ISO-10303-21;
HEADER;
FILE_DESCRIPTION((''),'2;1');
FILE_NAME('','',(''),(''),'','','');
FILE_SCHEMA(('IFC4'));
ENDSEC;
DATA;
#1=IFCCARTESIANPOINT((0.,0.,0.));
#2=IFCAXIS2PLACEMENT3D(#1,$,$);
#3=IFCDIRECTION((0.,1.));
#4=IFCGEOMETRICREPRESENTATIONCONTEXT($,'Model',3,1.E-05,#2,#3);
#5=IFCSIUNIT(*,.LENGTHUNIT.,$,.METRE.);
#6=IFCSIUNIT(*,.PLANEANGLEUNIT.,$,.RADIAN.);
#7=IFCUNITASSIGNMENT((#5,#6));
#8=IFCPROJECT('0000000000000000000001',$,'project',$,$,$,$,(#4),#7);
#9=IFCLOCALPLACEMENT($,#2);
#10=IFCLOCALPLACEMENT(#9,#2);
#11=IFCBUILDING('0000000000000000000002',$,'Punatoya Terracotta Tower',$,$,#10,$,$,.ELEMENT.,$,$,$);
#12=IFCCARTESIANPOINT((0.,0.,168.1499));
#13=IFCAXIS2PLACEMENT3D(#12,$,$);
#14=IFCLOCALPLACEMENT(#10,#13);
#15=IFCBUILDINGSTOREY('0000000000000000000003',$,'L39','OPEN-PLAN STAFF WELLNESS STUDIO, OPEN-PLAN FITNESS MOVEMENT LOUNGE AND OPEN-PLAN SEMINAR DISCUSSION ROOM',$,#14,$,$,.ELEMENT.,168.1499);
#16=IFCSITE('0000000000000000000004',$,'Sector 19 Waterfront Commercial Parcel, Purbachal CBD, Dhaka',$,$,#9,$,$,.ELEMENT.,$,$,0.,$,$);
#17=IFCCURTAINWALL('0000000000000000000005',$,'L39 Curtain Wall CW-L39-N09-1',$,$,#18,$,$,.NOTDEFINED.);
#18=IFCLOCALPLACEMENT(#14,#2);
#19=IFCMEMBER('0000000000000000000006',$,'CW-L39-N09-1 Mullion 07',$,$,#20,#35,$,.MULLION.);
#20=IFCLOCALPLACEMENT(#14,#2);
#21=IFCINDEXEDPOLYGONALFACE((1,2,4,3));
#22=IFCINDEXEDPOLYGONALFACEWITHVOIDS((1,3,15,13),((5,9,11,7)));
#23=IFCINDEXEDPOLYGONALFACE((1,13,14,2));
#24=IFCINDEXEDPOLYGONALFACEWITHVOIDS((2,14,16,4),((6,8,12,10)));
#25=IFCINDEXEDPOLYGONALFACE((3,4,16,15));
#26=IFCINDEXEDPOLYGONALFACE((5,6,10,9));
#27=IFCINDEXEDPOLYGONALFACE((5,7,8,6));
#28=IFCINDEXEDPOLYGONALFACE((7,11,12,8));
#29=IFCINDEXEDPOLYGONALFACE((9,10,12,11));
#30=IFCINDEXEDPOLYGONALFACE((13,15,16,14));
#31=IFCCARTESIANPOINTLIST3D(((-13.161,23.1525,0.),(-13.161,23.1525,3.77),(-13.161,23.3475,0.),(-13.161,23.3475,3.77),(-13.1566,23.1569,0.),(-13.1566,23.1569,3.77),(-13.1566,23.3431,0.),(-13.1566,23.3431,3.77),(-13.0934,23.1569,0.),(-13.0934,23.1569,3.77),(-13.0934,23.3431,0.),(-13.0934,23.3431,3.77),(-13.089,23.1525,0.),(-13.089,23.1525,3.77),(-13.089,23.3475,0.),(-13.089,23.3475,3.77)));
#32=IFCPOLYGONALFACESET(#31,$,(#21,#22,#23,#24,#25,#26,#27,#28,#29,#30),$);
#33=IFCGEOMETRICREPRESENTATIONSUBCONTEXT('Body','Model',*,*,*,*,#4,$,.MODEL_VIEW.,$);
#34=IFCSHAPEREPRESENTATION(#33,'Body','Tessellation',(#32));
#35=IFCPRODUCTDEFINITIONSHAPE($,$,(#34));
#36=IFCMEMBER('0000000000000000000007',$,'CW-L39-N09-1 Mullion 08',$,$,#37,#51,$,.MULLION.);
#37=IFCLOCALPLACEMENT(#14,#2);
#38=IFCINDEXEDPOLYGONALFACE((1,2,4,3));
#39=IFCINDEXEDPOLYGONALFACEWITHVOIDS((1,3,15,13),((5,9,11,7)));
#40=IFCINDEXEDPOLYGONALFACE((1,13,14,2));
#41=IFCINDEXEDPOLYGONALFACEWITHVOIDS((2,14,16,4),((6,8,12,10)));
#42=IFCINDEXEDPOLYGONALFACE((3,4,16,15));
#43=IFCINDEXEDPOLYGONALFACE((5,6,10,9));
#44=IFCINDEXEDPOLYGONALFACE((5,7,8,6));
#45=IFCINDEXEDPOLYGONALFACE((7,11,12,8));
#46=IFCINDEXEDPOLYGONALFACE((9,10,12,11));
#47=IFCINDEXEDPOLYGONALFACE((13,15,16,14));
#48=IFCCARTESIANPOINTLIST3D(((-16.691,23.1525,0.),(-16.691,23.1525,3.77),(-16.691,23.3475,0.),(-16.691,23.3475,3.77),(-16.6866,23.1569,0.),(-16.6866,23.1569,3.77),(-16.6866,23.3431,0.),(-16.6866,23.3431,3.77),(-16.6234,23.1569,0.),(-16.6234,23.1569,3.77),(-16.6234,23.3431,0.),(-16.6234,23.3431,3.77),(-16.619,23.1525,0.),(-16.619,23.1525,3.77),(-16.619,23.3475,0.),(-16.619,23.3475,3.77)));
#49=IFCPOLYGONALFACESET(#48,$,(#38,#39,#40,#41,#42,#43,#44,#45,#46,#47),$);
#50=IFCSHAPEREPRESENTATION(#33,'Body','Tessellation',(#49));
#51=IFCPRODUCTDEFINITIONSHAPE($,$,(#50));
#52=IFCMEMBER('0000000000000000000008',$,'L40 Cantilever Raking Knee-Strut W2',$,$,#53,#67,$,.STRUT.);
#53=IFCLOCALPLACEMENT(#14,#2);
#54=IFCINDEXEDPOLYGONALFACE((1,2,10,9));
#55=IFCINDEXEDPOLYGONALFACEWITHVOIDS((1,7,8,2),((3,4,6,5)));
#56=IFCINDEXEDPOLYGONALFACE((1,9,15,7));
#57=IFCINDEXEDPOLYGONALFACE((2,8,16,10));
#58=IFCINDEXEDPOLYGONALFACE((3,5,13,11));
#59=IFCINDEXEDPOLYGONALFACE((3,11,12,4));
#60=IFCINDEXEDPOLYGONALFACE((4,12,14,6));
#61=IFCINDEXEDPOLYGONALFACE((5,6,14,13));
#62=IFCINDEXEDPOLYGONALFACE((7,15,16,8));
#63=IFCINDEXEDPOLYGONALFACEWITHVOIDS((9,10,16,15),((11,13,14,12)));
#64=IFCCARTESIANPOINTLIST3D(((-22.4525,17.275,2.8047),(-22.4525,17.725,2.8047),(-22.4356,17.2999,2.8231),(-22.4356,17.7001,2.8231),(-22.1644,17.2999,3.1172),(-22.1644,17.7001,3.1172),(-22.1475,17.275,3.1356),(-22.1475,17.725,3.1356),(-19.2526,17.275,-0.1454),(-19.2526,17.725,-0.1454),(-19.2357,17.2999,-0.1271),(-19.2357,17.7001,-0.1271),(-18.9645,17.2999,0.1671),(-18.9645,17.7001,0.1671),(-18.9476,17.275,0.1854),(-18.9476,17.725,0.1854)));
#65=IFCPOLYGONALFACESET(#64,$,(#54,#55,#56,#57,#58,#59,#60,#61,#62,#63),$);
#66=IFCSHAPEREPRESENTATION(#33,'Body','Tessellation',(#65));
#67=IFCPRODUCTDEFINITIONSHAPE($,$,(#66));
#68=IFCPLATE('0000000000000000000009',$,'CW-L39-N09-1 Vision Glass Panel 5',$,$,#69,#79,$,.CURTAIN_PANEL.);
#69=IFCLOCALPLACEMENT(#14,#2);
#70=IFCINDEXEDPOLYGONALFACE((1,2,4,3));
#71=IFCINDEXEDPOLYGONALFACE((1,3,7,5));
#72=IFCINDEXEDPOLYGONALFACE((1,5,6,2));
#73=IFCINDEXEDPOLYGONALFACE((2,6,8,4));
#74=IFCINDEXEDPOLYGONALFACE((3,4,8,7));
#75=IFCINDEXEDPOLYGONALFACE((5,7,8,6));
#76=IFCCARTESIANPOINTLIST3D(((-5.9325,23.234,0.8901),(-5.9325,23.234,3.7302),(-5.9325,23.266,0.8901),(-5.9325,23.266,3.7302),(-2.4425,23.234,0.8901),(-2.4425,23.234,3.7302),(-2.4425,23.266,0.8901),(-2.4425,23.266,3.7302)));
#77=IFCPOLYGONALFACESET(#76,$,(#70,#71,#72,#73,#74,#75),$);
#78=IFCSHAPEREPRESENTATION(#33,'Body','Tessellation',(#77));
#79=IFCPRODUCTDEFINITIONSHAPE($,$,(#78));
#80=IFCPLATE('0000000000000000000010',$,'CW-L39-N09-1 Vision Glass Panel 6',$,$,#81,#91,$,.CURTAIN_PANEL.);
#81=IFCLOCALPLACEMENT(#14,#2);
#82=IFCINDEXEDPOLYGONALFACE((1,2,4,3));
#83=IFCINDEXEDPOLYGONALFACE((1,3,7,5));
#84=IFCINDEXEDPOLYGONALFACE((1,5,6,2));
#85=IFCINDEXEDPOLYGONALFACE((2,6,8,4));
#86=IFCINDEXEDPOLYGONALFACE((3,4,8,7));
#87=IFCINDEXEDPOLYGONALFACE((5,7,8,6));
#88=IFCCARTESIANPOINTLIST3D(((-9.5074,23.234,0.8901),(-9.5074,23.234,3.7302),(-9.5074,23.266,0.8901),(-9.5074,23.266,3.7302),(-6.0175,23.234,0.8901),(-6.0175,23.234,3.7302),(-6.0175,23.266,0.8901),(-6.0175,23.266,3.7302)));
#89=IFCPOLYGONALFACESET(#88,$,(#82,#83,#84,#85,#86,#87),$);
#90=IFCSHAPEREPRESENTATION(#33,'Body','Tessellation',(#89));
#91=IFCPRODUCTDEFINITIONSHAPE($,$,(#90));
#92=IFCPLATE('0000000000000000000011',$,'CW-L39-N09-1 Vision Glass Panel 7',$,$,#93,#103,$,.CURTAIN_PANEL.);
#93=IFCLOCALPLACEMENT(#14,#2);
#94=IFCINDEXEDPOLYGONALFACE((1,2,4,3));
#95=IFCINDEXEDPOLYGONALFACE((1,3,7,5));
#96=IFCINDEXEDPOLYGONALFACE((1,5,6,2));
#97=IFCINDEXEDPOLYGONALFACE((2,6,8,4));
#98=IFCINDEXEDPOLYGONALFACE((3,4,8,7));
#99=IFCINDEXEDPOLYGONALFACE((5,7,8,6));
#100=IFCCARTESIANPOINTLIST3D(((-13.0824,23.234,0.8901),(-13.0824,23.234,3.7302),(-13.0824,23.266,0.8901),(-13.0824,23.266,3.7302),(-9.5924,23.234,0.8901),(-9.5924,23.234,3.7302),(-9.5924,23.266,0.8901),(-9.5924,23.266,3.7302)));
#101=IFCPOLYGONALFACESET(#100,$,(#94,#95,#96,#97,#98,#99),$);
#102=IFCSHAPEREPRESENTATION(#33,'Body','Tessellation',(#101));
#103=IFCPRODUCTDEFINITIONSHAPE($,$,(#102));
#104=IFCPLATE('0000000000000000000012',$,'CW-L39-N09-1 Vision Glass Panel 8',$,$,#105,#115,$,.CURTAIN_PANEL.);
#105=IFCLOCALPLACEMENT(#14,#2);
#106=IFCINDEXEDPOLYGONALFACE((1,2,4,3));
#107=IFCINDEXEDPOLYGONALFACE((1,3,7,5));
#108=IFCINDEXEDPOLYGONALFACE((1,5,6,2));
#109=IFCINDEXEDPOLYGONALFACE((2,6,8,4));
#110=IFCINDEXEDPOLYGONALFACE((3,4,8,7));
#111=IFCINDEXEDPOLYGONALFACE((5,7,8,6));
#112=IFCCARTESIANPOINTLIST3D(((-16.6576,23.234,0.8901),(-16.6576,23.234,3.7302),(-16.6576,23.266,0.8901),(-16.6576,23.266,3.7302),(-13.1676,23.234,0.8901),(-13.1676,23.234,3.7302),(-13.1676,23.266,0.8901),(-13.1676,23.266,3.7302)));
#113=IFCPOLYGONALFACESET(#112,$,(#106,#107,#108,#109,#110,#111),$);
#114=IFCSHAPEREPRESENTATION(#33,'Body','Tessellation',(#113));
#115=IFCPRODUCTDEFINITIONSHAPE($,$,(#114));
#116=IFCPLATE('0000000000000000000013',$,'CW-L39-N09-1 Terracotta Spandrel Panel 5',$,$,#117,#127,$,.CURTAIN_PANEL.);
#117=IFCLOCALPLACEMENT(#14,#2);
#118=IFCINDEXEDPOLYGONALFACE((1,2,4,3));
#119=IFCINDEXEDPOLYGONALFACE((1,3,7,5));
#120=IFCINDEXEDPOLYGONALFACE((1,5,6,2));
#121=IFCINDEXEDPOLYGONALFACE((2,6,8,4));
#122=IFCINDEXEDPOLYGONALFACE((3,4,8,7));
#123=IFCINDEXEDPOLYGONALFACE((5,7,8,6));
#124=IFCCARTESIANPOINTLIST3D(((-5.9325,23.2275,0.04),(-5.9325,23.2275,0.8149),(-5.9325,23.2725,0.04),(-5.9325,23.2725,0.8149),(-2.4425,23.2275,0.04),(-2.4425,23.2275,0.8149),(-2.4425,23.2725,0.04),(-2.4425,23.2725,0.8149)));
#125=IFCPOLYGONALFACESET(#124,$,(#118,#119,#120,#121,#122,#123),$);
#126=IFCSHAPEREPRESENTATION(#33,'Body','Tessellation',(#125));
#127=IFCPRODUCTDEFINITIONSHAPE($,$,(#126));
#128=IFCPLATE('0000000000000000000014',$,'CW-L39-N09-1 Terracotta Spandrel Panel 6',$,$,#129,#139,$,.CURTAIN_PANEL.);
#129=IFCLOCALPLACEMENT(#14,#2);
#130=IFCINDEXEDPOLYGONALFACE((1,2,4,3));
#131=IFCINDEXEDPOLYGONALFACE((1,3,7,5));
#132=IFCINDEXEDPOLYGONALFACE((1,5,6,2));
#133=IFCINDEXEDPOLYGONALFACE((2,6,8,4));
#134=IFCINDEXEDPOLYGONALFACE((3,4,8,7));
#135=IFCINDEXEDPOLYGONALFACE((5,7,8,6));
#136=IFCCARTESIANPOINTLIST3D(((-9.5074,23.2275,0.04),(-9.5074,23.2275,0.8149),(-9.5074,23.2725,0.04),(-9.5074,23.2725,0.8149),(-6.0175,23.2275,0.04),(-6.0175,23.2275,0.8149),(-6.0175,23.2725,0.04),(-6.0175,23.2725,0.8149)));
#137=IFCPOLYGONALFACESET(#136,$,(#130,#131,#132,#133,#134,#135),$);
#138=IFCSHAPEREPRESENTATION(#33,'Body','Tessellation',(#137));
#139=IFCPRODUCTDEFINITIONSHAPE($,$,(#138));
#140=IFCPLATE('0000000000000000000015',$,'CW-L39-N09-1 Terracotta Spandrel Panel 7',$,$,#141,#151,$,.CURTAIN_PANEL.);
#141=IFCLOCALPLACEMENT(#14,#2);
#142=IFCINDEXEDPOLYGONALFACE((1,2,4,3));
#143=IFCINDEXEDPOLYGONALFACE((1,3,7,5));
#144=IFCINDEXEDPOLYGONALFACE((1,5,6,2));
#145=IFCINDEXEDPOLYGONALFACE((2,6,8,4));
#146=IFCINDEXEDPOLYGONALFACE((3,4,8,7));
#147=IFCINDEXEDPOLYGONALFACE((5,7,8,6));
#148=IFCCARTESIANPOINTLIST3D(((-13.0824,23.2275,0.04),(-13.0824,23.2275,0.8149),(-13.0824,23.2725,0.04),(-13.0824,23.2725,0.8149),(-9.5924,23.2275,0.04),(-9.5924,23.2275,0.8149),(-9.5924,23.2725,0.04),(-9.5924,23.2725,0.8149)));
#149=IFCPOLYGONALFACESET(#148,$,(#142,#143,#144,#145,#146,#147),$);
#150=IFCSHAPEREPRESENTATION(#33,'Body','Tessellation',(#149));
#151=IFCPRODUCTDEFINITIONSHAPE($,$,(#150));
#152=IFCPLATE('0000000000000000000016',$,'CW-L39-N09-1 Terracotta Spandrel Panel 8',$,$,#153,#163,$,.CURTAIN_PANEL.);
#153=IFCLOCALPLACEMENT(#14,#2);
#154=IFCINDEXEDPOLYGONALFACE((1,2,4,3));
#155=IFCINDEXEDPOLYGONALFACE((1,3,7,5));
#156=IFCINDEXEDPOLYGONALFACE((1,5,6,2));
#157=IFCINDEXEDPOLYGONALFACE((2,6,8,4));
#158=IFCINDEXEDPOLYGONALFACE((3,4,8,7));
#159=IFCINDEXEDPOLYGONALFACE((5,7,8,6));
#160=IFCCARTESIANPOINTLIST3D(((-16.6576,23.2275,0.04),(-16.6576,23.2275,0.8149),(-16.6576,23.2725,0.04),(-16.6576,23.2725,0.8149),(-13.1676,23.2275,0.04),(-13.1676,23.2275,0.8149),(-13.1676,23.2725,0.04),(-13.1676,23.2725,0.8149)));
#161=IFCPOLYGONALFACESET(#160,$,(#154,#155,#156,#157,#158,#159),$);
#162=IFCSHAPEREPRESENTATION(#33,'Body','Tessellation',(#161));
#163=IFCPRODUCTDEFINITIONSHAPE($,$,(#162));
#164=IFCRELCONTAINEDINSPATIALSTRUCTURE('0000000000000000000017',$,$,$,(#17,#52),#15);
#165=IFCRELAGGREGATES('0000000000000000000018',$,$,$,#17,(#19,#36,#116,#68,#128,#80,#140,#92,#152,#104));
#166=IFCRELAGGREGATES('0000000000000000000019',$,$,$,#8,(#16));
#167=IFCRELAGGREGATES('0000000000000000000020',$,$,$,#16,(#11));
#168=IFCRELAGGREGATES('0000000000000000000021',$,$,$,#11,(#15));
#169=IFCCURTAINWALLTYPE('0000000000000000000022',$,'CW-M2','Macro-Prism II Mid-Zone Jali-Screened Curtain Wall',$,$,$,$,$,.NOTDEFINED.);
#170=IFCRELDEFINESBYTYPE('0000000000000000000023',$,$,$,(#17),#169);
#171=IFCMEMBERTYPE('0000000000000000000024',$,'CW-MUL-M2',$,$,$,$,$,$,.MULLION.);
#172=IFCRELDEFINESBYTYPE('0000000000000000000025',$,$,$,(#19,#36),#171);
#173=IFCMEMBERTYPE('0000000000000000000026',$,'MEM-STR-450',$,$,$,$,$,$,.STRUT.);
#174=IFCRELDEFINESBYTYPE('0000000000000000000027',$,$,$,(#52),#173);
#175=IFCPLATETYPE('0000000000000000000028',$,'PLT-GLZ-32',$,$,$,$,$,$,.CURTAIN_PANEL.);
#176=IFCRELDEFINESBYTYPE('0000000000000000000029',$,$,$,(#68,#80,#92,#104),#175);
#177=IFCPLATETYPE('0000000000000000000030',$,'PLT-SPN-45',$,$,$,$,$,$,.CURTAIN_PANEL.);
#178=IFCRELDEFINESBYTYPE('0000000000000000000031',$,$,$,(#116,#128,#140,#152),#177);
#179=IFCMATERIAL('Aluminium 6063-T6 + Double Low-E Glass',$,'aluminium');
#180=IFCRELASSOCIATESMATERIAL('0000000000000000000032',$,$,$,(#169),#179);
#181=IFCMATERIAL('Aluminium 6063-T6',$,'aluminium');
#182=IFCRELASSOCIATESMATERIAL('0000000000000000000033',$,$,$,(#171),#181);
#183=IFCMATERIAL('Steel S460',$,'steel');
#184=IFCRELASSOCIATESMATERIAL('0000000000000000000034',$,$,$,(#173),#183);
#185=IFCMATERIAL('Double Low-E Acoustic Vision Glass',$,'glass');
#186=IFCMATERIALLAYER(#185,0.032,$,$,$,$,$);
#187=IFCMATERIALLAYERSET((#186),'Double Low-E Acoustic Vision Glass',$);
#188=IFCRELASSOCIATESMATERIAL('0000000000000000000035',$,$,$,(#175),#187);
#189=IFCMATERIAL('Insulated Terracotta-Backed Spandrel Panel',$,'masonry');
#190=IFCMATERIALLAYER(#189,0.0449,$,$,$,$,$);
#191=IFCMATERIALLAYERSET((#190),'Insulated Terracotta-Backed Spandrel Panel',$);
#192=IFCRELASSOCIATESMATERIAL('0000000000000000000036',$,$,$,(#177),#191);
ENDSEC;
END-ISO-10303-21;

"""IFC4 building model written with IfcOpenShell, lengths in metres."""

from ifc_helpers import new_model, si_unit, direction, frame, origin, origin_2d, place, context, subcontext, project, spatial, rectangle, hollow_rectangle, extrude, material, layer, layer_set, material_profile, profile_set, type_object, element, aggregate, save


model = new_model("IFC4")

# Units and contexts
model_context = context("Model", 3, precision=1e-05, world=origin(), true_north=direction((0.0, 1.0)))
body_context = subcontext(model_context, "Body", "Model", "MODEL_VIEW")
ifc_project = project(units=[si_unit("LENGTHUNIT", "METRE"), si_unit("PLANEANGLEUNIT", "RADIAN")], contexts=[model_context])

# Site, building, storey
site_placement = place(None, origin())
site = spatial("IfcSite", under=ifc_project, at=site_placement, Name="Sector 19 Waterfront Commercial Parcel, Purbachal CBD, Dhaka", CompositionType="ELEMENT", RefElevation=0.0)
building_placement = place(site_placement, origin())
building = spatial("IfcBuilding", under=site, at=building_placement, Name="Punatoya Terracotta Tower", CompositionType="ELEMENT")
storey_placement = place(building_placement, frame((0.0, 0.0, 168.1499)))
storey = spatial("IfcBuildingStorey", under=building, at=storey_placement, Name="L39", Description="OPEN-PLAN STAFF WELLNESS STUDIO, OPEN-PLAN FITNESS MOVEMENT LOUNGE AND OPEN-PLAN SEMINAR DISCUSSION ROOM", CompositionType="ELEMENT", Elevation=168.1499)

# Shared definitions
ifc_material_1 = material(Name="Steel S460", Category="steel")

# Curtain wall, members
ifc_material_2 = material(Name="Aluminium 6063-T6 + Double Low-E Glass", Category="aluminium")
curtain_wall_type = type_object("IfcCurtainWallType", Name="CW-M2", Description="Macro-Prism II Mid-Zone Jali-Screened Curtain Wall", PredefinedType="NOTDEFINED", material=ifc_material_2)
curtain_wall_placement = place(storey_placement, origin())
curtain_wall = element("IfcCurtainWall", 1, at=curtain_wall_placement, inside=storey, type_object=curtain_wall_type, Name="L39 Curtain Wall CW-L39-N09-1", PredefinedType="NOTDEFINED")
ifc_material_3 = material(Name="Aluminium 6063-T6", Category="aluminium")
ifc_material_profile_1 = material_profile(ifc_material_3, hollow_rectangle(XDim=0.072, YDim=0.1951, WallThickness=0.0044, at=origin_2d()))
ifc_profile_set_1 = profile_set([ifc_material_profile_1], Name="Aluminium 6063-T6")
member_type_1 = type_object("IfcMemberType", Name="CW-MUL-M2", PredefinedType="MULLION", material=ifc_profile_set_1)
member_1_placement = place(storey_placement, frame((-13.125, 23.25, 0.0), z_axis=(0.0, 0.0, 1.0), x_axis=(1.0, 0.0, 0.0)))
member_1 = element("IfcMember", 2, at=member_1_placement, type_object=member_type_1, Name="CW-L39-N09-1 Mullion 07", PredefinedType="MULLION", context=body_context, shape_type="SweptSolid", body=[
    extrude(hollow_rectangle(XDim=0.072, YDim=0.1951, WallThickness=0.0044, at=origin_2d()), origin(), (0.0, 0.0, 1.0), 3.77),
])
member_2_placement = place(storey_placement, frame((-16.655, 23.25, 0.0), z_axis=(0.0, 0.0, 1.0), x_axis=(1.0, 0.0, 0.0)))
member_2 = element("IfcMember", 3, at=member_2_placement, type_object=member_type_1, Name="CW-L39-N09-1 Mullion 08", PredefinedType="MULLION", context=body_context, shape_type="SweptSolid", body=[
    extrude(hollow_rectangle(XDim=0.072, YDim=0.1951, WallThickness=0.0044, at=origin_2d()), origin(), (0.0, 0.0, 1.0), 3.77),
])

# Member
ifc_material_profile_2 = material_profile(ifc_material_1, hollow_rectangle(XDim=0.45, YDim=0.45, WallThickness=0.0249, at=origin_2d()))
ifc_profile_set_2 = profile_set([ifc_material_profile_2], Name="Steel S460")
member_type_2 = type_object("IfcMemberType", Name="MEM-STR-450", PredefinedType="STRUT", material=ifc_profile_set_2)
member_3_placement = place(storey_placement, frame((-19.1001, 17.5, 0.02), z_axis=(-0.735216, 0.0, 0.677833), x_axis=(0.0, -1.0, 0.0)))
element("IfcMember", 4, at=member_3_placement, inside=storey, type_object=member_type_2, Name="L40 Cantilever Raking Knee-Strut W2", PredefinedType="STRUT", context=body_context, shape_type="SweptSolid", body=[
    extrude(hollow_rectangle(XDim=0.45, YDim=0.45, WallThickness=0.0249, at=origin_2d()), origin(), (0.0, 0.0, 1.0), 4.3523),
])

# Plates
ifc_material_4 = material(Name="Double Low-E Acoustic Vision Glass", Category="glass")
ifc_layer_1 = layer(ifc_material_4, 0.032)
ifc_layer_set_1 = layer_set([ifc_layer_1], Name="Double Low-E Acoustic Vision Glass")
plate_type_1 = type_object("IfcPlateType", Name="PLT-GLZ-32", PredefinedType="CURTAIN_PANEL", material=ifc_layer_set_1)
plate_1_placement = place(storey_placement, frame((-4.1875, 23.25, 0.8901), z_axis=(0.0, 0.0, 1.0), x_axis=(-1.0, 0.0, 0.0)))
plate_1 = element("IfcPlate", 5, at=plate_1_placement, type_object=plate_type_1, Name="CW-L39-N09-1 Vision Glass Panel 5", PredefinedType="CURTAIN_PANEL", context=body_context, shape_type="SweptSolid", body=[
    extrude(rectangle(XDim=3.49, YDim=0.032, at=origin_2d()), origin(), (0.0, 0.0, 1.0), 2.8401),
])
plate_2_placement = place(storey_placement, frame((-7.7625, 23.25, 0.8901), z_axis=(0.0, 0.0, 1.0), x_axis=(-1.0, 0.0, 0.0)))
plate_2 = element("IfcPlate", 6, at=plate_2_placement, type_object=plate_type_1, Name="CW-L39-N09-1 Vision Glass Panel 6", PredefinedType="CURTAIN_PANEL", context=body_context, shape_type="SweptSolid", body=[
    extrude(rectangle(XDim=3.49, YDim=0.032, at=origin_2d()), origin(), (0.0, 0.0, 1.0), 2.8401),
])
plate_3_placement = place(storey_placement, frame((-11.3374, 23.25, 0.8901), z_axis=(0.0, 0.0, 1.0), x_axis=(-1.0, 0.0, 0.0)))
plate_3 = element("IfcPlate", 7, at=plate_3_placement, type_object=plate_type_1, Name="CW-L39-N09-1 Vision Glass Panel 7", PredefinedType="CURTAIN_PANEL", context=body_context, shape_type="SweptSolid", body=[
    extrude(rectangle(XDim=3.49, YDim=0.032, at=origin_2d()), origin(), (0.0, 0.0, 1.0), 2.8401),
])
plate_4_placement = place(storey_placement, frame((-14.9126, 23.25, 0.8901), z_axis=(0.0, 0.0, 1.0), x_axis=(-1.0, 0.0, 0.0)))
plate_4 = element("IfcPlate", 8, at=plate_4_placement, type_object=plate_type_1, Name="CW-L39-N09-1 Vision Glass Panel 8", PredefinedType="CURTAIN_PANEL", context=body_context, shape_type="SweptSolid", body=[
    extrude(rectangle(XDim=3.49, YDim=0.032, at=origin_2d()), origin(), (0.0, 0.0, 1.0), 2.8401),
])
ifc_material_5 = material(Name="Insulated Terracotta-Backed Spandrel Panel", Category="masonry")
ifc_layer_2 = layer(ifc_material_5, 0.0449)
ifc_layer_set_2 = layer_set([ifc_layer_2], Name="Insulated Terracotta-Backed Spandrel Panel")
plate_type_2 = type_object("IfcPlateType", Name="PLT-SPN-45", PredefinedType="CURTAIN_PANEL", material=ifc_layer_set_2)
plate_5_placement = place(storey_placement, frame((-4.1875, 23.25, 0.04), z_axis=(0.0, 0.0, 1.0), x_axis=(-1.0, 0.0, 0.0)))
plate_5 = element("IfcPlate", 9, at=plate_5_placement, type_object=plate_type_2, Name="CW-L39-N09-1 Terracotta Spandrel Panel 5", PredefinedType="CURTAIN_PANEL", context=body_context, shape_type="SweptSolid", body=[
    extrude(rectangle(XDim=3.49, YDim=0.0449, at=origin_2d()), origin(), (0.0, 0.0, 1.0), 0.7749),
])
plate_6_placement = place(storey_placement, frame((-7.7625, 23.25, 0.04), z_axis=(0.0, 0.0, 1.0), x_axis=(-1.0, 0.0, 0.0)))
plate_6 = element("IfcPlate", 10, at=plate_6_placement, type_object=plate_type_2, Name="CW-L39-N09-1 Terracotta Spandrel Panel 6", PredefinedType="CURTAIN_PANEL", context=body_context, shape_type="SweptSolid", body=[
    extrude(rectangle(XDim=3.49, YDim=0.0449, at=origin_2d()), origin(), (0.0, 0.0, 1.0), 0.7749),
])
plate_7_placement = place(storey_placement, frame((-11.3374, 23.25, 0.04), z_axis=(0.0, 0.0, 1.0), x_axis=(-1.0, 0.0, 0.0)))
plate_7 = element("IfcPlate", 11, at=plate_7_placement, type_object=plate_type_2, Name="CW-L39-N09-1 Terracotta Spandrel Panel 7", PredefinedType="CURTAIN_PANEL", context=body_context, shape_type="SweptSolid", body=[
    extrude(rectangle(XDim=3.49, YDim=0.0449, at=origin_2d()), origin(), (0.0, 0.0, 1.0), 0.7749),
])
plate_8_placement = place(storey_placement, frame((-14.9126, 23.25, 0.04), z_axis=(0.0, 0.0, 1.0), x_axis=(-1.0, 0.0, 0.0)))
plate_8 = element("IfcPlate", 12, at=plate_8_placement, type_object=plate_type_2, Name="CW-L39-N09-1 Terracotta Spandrel Panel 8", PredefinedType="CURTAIN_PANEL", context=body_context, shape_type="SweptSolid", body=[
    extrude(rectangle(XDim=3.49, YDim=0.0449, at=origin_2d()), origin(), (0.0, 0.0, 1.0), 0.7749),
])
aggregate(curtain_wall, [member_1, member_2, plate_5, plate_1, plate_6, plate_2, plate_7, plate_3, plate_8, plate_4])

save(model, "model.ifc")
